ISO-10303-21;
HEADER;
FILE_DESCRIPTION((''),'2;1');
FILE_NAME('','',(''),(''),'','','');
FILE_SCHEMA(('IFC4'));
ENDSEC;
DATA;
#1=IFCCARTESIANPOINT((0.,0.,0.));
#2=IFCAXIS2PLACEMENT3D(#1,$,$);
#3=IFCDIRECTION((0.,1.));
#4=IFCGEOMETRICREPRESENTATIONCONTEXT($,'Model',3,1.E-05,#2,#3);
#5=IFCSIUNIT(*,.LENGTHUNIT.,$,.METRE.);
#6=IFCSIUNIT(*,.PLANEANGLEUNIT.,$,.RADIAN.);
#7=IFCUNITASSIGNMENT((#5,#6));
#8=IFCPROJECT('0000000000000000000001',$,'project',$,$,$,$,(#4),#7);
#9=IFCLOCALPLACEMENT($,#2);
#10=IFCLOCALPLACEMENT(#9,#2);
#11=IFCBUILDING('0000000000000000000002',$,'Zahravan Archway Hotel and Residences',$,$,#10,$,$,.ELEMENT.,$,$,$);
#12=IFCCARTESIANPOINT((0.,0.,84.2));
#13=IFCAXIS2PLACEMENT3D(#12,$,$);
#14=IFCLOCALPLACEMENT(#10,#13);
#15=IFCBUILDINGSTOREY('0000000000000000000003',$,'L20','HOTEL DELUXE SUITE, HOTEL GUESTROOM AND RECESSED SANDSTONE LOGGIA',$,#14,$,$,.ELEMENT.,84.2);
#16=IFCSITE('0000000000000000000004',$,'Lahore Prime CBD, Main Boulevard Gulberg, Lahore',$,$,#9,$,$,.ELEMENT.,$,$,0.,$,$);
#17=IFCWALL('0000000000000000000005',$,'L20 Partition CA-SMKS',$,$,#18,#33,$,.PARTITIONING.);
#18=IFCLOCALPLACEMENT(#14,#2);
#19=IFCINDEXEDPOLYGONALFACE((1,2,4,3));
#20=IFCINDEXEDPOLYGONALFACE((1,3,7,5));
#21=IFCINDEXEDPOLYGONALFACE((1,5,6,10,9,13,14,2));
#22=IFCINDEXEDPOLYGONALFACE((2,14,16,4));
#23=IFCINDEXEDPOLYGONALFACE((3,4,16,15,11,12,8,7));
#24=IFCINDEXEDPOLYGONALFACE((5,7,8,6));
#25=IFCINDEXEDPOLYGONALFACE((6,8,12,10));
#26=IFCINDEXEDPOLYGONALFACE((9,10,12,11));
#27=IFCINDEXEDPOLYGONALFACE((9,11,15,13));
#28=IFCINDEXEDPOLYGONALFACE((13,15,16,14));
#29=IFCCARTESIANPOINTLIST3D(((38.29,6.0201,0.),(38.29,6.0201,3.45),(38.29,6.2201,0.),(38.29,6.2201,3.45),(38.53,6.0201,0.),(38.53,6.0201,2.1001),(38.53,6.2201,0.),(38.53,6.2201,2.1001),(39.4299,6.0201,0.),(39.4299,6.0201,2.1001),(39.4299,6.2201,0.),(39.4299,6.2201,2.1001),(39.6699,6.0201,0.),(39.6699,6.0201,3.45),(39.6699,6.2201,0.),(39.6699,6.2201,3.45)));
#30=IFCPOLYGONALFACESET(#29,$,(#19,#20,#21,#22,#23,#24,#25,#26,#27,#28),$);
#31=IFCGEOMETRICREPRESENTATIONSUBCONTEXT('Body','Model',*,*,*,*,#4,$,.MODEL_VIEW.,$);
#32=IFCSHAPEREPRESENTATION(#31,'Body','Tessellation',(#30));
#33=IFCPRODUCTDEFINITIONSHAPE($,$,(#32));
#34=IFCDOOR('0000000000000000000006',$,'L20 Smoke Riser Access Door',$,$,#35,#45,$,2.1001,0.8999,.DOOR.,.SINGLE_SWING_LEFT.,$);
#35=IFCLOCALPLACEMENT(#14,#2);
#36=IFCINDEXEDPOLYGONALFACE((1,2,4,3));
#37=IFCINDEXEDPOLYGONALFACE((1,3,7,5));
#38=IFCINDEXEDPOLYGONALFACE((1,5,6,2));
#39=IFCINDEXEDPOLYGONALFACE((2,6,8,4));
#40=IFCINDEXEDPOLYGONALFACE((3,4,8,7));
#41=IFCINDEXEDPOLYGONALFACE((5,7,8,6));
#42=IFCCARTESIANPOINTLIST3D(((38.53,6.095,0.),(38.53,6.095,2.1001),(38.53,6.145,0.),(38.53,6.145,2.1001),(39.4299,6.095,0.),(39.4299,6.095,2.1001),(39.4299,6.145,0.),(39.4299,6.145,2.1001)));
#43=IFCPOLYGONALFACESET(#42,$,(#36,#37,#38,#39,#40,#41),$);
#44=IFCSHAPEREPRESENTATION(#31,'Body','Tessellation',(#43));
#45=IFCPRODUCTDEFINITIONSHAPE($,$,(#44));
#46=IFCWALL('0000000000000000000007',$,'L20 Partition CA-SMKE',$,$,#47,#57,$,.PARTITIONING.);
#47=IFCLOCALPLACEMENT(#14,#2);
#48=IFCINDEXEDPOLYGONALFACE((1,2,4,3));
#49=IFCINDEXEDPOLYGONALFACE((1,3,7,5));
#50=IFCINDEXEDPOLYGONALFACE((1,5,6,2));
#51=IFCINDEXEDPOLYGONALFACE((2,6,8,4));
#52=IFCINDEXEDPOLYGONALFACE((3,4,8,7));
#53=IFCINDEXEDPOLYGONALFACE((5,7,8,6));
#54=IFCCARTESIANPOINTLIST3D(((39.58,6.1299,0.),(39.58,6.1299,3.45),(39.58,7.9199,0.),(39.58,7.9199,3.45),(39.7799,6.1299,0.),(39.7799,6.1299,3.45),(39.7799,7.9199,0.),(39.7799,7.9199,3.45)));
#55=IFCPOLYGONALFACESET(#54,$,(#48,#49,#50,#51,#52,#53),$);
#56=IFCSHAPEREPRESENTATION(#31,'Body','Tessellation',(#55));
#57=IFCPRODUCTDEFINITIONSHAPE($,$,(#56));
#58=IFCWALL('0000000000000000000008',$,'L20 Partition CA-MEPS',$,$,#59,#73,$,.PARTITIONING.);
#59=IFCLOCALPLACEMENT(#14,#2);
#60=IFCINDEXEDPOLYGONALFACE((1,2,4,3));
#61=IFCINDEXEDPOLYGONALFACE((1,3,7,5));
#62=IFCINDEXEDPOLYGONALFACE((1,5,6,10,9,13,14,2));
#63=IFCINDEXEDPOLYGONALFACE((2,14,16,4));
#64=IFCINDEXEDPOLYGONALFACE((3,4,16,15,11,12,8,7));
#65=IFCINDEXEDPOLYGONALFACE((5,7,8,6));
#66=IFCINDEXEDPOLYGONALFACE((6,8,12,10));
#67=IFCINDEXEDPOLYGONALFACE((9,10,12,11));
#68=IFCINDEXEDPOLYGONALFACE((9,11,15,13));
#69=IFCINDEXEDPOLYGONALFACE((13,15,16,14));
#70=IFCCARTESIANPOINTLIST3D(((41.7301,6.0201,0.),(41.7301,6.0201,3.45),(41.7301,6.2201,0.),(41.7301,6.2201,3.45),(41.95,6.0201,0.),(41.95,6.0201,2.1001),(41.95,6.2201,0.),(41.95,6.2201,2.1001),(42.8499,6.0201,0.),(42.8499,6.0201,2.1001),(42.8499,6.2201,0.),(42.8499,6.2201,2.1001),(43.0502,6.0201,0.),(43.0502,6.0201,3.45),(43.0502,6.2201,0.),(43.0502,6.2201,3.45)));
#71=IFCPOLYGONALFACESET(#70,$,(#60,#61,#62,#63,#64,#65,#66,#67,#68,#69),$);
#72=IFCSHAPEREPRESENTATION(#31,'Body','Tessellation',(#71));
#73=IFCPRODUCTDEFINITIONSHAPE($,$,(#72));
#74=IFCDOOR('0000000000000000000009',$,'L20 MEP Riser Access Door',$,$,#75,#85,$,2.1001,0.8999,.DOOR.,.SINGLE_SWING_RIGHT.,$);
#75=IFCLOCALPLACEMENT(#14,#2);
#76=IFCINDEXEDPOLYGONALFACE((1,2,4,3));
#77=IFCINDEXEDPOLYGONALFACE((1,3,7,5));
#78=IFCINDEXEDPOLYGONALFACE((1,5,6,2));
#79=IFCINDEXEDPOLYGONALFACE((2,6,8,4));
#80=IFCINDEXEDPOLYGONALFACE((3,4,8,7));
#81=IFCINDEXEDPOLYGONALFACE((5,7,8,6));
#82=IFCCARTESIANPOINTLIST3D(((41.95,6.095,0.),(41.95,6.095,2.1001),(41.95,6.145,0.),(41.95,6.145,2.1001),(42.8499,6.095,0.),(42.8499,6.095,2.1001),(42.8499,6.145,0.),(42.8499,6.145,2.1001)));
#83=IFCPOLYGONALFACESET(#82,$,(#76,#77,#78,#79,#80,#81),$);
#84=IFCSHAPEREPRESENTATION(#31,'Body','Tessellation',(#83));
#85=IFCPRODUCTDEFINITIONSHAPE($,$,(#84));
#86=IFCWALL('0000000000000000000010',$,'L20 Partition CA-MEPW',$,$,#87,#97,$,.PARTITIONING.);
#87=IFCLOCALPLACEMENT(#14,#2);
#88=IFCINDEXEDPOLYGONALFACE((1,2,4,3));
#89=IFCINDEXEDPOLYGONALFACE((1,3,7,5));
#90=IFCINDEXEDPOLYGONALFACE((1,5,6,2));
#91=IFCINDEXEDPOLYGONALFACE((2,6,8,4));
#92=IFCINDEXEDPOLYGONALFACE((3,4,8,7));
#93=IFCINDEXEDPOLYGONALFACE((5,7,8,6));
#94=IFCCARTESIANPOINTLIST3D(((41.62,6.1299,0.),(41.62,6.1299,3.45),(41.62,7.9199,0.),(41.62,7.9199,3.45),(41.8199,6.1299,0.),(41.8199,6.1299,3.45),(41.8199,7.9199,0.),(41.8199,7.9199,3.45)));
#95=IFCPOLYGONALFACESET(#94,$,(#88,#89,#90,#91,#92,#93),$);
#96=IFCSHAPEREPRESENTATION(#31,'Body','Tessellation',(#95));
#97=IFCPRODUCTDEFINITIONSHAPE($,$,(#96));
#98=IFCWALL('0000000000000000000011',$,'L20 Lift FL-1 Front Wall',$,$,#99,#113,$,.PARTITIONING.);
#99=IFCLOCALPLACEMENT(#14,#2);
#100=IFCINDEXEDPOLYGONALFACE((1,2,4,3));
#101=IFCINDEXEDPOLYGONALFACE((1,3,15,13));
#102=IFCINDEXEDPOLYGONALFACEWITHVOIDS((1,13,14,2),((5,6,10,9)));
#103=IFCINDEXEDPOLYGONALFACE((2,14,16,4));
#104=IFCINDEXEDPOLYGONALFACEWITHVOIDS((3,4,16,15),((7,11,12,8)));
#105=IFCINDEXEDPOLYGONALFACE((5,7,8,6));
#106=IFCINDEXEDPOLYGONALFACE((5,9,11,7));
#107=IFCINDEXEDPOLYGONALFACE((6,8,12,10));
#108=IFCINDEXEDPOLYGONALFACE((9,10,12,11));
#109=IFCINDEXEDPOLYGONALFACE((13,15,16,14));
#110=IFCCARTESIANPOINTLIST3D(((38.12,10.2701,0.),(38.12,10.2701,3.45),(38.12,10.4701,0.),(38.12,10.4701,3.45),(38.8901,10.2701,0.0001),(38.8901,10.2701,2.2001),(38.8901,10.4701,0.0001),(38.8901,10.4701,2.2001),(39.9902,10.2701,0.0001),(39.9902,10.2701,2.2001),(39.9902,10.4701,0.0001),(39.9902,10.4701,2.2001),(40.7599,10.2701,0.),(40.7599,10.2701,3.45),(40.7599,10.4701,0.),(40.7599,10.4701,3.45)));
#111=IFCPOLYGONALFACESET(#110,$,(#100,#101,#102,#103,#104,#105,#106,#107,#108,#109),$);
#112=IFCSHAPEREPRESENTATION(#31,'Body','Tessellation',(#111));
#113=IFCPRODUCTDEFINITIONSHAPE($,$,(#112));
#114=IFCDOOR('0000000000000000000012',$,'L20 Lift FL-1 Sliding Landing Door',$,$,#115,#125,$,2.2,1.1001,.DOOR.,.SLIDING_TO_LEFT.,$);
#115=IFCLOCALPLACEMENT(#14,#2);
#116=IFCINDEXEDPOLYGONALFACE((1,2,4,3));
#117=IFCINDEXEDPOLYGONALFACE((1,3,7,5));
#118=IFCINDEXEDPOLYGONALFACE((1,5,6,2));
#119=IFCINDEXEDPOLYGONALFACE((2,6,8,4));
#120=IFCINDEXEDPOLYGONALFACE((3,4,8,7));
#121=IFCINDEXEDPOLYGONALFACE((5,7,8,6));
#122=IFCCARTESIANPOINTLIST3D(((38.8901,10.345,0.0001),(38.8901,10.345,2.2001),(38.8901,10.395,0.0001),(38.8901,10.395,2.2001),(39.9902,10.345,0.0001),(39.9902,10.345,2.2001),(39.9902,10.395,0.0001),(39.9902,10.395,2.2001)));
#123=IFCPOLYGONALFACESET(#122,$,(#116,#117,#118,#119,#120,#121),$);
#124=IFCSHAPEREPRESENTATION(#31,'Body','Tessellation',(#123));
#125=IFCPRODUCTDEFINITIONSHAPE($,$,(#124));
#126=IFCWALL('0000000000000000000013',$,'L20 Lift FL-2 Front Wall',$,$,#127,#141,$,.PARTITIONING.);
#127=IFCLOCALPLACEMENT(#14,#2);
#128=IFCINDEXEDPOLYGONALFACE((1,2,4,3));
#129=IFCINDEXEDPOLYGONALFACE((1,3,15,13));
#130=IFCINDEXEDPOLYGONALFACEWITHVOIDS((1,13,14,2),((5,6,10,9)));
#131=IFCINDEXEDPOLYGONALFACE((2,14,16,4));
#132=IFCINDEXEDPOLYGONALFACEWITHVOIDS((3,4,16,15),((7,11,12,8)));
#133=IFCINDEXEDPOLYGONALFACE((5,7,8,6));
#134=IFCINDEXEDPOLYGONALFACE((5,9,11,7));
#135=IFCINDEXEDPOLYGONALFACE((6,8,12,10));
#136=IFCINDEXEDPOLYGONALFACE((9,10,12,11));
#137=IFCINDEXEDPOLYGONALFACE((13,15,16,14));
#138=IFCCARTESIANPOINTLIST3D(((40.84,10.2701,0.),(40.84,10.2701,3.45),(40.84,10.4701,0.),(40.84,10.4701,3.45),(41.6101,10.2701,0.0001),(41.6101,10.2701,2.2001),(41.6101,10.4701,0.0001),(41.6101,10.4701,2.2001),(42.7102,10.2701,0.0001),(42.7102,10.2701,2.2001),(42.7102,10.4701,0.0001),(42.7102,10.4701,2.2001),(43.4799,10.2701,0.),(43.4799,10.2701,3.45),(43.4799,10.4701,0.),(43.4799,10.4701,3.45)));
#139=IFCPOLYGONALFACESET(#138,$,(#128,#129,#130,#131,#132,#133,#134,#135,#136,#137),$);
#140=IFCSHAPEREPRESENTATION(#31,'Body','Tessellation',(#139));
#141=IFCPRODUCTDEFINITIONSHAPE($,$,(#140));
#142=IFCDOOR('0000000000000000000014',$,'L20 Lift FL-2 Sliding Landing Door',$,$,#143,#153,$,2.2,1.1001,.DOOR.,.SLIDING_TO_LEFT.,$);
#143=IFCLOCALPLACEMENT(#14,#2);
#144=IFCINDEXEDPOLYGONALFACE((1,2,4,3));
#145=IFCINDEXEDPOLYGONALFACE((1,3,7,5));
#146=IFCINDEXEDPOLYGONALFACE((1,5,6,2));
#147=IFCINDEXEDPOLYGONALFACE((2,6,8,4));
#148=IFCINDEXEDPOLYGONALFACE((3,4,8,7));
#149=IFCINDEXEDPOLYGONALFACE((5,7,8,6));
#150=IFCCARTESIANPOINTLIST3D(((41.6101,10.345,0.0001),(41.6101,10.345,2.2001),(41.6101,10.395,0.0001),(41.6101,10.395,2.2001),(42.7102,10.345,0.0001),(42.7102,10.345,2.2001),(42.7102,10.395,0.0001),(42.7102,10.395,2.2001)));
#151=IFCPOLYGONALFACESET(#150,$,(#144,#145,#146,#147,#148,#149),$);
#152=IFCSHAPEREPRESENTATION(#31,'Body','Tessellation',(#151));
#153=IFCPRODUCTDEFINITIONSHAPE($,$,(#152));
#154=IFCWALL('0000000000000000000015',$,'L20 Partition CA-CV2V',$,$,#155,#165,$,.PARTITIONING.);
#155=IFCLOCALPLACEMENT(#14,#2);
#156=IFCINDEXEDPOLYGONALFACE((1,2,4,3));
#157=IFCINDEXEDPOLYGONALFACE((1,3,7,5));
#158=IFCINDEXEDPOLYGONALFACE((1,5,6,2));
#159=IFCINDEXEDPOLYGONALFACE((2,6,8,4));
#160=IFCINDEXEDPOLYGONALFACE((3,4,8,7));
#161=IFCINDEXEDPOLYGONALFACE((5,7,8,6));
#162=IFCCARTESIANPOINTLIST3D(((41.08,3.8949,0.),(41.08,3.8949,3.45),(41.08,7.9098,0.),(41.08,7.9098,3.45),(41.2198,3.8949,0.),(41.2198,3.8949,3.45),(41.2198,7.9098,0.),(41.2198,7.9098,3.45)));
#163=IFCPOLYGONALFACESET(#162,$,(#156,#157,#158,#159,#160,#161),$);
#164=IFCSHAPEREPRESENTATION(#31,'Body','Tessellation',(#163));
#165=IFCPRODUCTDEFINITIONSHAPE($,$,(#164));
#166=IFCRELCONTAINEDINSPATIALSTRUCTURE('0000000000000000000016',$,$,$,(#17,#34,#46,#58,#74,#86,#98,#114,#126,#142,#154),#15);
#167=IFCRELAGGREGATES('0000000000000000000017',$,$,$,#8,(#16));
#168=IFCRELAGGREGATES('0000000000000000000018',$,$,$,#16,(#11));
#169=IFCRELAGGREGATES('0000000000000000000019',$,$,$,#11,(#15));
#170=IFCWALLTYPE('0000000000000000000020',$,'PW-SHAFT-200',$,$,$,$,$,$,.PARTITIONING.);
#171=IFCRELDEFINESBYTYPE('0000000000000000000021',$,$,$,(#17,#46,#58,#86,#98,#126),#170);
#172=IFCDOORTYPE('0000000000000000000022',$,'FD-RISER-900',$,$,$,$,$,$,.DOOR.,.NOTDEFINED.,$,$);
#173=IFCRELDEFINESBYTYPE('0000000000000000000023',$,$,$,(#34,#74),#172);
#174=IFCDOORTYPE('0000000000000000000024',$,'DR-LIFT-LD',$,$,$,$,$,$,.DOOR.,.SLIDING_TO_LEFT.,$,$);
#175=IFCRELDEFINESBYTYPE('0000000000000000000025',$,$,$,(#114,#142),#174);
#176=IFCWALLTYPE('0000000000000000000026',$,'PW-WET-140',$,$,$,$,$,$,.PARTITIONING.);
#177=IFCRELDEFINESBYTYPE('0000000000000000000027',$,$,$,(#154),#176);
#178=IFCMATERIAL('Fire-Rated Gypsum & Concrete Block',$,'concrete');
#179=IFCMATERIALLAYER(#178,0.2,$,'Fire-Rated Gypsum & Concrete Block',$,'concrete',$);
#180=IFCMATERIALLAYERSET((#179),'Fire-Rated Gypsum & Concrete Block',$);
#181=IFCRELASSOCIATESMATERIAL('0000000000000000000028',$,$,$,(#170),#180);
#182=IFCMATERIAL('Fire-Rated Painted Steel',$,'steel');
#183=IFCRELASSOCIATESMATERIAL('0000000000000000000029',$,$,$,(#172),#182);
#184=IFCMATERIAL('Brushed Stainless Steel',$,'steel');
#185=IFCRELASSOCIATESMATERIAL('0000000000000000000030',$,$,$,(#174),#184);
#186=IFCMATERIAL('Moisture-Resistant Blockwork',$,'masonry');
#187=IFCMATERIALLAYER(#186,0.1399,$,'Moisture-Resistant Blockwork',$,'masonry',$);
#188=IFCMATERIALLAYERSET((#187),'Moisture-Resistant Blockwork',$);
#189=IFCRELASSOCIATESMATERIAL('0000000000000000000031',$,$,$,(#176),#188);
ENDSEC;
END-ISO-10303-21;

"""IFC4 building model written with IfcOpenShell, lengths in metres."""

from ifc_helpers import new_model, si_unit, direction, frame, frame_2d, origin, place, context, subcontext, project, spatial, rectangle, extrude, source, transform, mapped, material, layer, layer_set, type_object, type_shapes, element, fill, save


model = new_model("IFC4")

# Units and contexts
model_context = context("Model", 3, precision=1e-05, world=origin(), true_north=direction((0.0, 1.0)))
body_context = subcontext(model_context, "Body", "Model", "MODEL_VIEW")
ifc_project = project(units=[si_unit("LENGTHUNIT", "METRE"), si_unit("PLANEANGLEUNIT", "RADIAN")], contexts=[model_context])

# Site, building, storey
site_placement = place(None, origin())
site = spatial("IfcSite", under=ifc_project, at=site_placement, Name="Lahore Prime CBD, Main Boulevard Gulberg, Lahore", CompositionType="ELEMENT", RefElevation=0.0)
building_placement = place(site_placement, origin())
building = spatial("IfcBuilding", under=site, at=building_placement, Name="Zahravan Archway Hotel and Residences", CompositionType="ELEMENT")
storey_placement = place(building_placement, frame((0.0, 0.0, 84.2)))
storey = spatial("IfcBuildingStorey", under=building, at=storey_placement, Name="L20", Description="HOTEL DELUXE SUITE, HOTEL GUESTROOM AND RECESSED SANDSTONE LOGGIA", CompositionType="ELEMENT", Elevation=84.2)

# Shared definitions
ifc_material_1 = material(Name="Fire-Rated Gypsum & Concrete Block", Category="concrete")
ifc_layer_1 = layer(ifc_material_1, 0.2, Name="Fire-Rated Gypsum & Concrete Block", Category="concrete")
ifc_layer_set_1 = layer_set([ifc_layer_1], Name="Fire-Rated Gypsum & Concrete Block")
wall_type_1 = type_object("IfcWallType", Name="PW-SHAFT-200", PredefinedType="PARTITIONING", material=ifc_layer_set_1)

# Wall, opening, door
wall_1_placement = place(storey_placement, frame((38.29, 6.1201, 0.0), z_axis=(0.0, 0.0, 1.0), x_axis=(1.0, 0.0, 0.0)))
wall_1 = element("IfcWall", 1, at=wall_1_placement, inside=storey, type_object=wall_type_1, Name="L20 Partition CA-SMKS", PredefinedType="PARTITIONING", context=body_context, shape_type="SweptSolid", body=[
    extrude(rectangle(XDim=1.3799, YDim=0.2, at=frame_2d((0.6899, 0.0))), origin(), (0.0, 0.0, 1.0), 3.45),
])
opening_1_placement = place(wall_1_placement, frame((0.24, 0.0, 0.0)))
opening_1 = element("IfcOpeningElement", 2, at=opening_1_placement, cuts=wall_1, PredefinedType="OPENING", context=body_context, shape_type="SweptSolid", body=[
    extrude(rectangle(XDim=0.8999, YDim=2.1001, at=frame_2d((0.45, 1.05))), frame((0.0, 0.1099, 0.0), z_axis=(0.0, -1.0, 0.0), x_axis=(1.0, 0.0, 0.0)), (0.0, 0.0, 1.0), 0.22),
])
ifc_material_2 = material(Name="Fire-Rated Painted Steel", Category="steel")
door_type_1 = type_object("IfcDoorType", Name="FD-RISER-900", OperationType="NOTDEFINED", PredefinedType="DOOR", material=ifc_material_2)
shared_shape_1 = source(origin(), body_context, "Body", "SweptSolid", [
    extrude(rectangle(XDim=0.8999, YDim=2.1001, at=frame_2d((0.45, 1.05))), frame((0.0, 0.0249, 0.0), z_axis=(0.0, -1.0, 0.0), x_axis=(1.0, 0.0, 0.0)), (0.0, 0.0, 1.0), 0.05),
])
type_shapes(door_type_1, [shared_shape_1])
door_1_placement = place(opening_1_placement, origin())
door_1 = element("IfcDoor", 3, at=door_1_placement, inside=storey, type_object=door_type_1, Name="L20 Smoke Riser Access Door", OperationType="SINGLE_SWING_LEFT", OverallHeight=2.1001, OverallWidth=0.8999, PredefinedType="DOOR", context=body_context, shape_type="MappedRepresentation", body=[
    mapped(shared_shape_1, transform((0.0, 0.0, 0.0), scale=1.0)),
])
fill(opening_1, door_1)

# Wall
wall_2_placement = place(storey_placement, frame((39.6799, 6.1299, 0.0), z_axis=(0.0, 0.0, 1.0), x_axis=(0.0, 1.0, 0.0)))
element("IfcWall", 4, at=wall_2_placement, inside=storey, type_object=wall_type_1, Name="L20 Partition CA-SMKE", PredefinedType="PARTITIONING", context=body_context, shape_type="SweptSolid", body=[
    extrude(rectangle(XDim=1.79, YDim=0.2, at=frame_2d((0.895, 0.0))), origin(), (0.0, 0.0, 1.0), 3.45),
])

# Wall, opening, door
wall_3_placement = place(storey_placement, frame((41.73, 6.1201, 0.0), z_axis=(0.0, 0.0, 1.0), x_axis=(1.0, 0.0, 0.0)))
wall_3 = element("IfcWall", 5, at=wall_3_placement, inside=storey, type_object=wall_type_1, Name="L20 Partition CA-MEPS", PredefinedType="PARTITIONING", context=body_context, shape_type="SweptSolid", body=[
    extrude(rectangle(XDim=1.3201, YDim=0.2, at=frame_2d((0.6602, 0.0))), origin(), (0.0, 0.0, 1.0), 3.45),
])
opening_2_placement = place(wall_3_placement, frame((0.22, 0.0, 0.0)))
opening_2 = element("IfcOpeningElement", 6, at=opening_2_placement, cuts=wall_3, PredefinedType="OPENING", context=body_context, shape_type="SweptSolid", body=[
    extrude(rectangle(XDim=0.8999, YDim=2.1001, at=frame_2d((0.45, 1.05))), frame((0.0, 0.1099, 0.0), z_axis=(0.0, -1.0, 0.0), x_axis=(1.0, 0.0, 0.0)), (0.0, 0.0, 1.0), 0.22),
])
door_2_placement = place(opening_2_placement, origin())
door_2 = element("IfcDoor", 7, at=door_2_placement, inside=storey, type_object=door_type_1, Name="L20 MEP Riser Access Door", OperationType="SINGLE_SWING_RIGHT", OverallHeight=2.1001, OverallWidth=0.8999, PredefinedType="DOOR", context=body_context, shape_type="MappedRepresentation", body=[
    mapped(shared_shape_1, transform((0.0, 0.0, 0.0), scale=1.0)),
])
fill(opening_2, door_2)

# Wall
wall_4_placement = place(storey_placement, frame((41.72, 6.1299, 0.0), z_axis=(0.0, 0.0, 1.0), x_axis=(0.0, 1.0, 0.0)))
element("IfcWall", 8, at=wall_4_placement, inside=storey, type_object=wall_type_1, Name="L20 Partition CA-MEPW", PredefinedType="PARTITIONING", context=body_context, shape_type="SweptSolid", body=[
    extrude(rectangle(XDim=1.79, YDim=0.2, at=frame_2d((0.895, 0.0))), origin(), (0.0, 0.0, 1.0), 3.45),
])

# Walls, openings, doors
wall_5_placement = place(storey_placement, frame((38.1201, 10.3701, 0.0), z_axis=(0.0, 0.0, 1.0), x_axis=(1.0, 0.0, 0.0)))
wall_5 = element("IfcWall", 9, at=wall_5_placement, inside=storey, type_object=wall_type_1, Name="L20 Lift FL-1 Front Wall", PredefinedType="PARTITIONING", context=body_context, shape_type="SweptSolid", body=[
    extrude(rectangle(XDim=2.6399, YDim=0.2, at=frame_2d((1.3198, 0.0))), origin(), (0.0, 0.0, 1.0), 3.45),
])
opening_3_placement = place(wall_5_placement, frame((0.77, 0.0, 0.0)))
opening_3 = element("IfcOpeningElement", 10, at=opening_3_placement, cuts=wall_5, PredefinedType="OPENING", context=body_context, shape_type="SweptSolid", body=[
    extrude(rectangle(XDim=1.1001, YDim=2.2, at=frame_2d((0.55, 1.1001))), frame((0.0, 0.1099, 0.0), z_axis=(0.0, -1.0, 0.0), x_axis=(1.0, 0.0, 0.0)), (0.0, 0.0, 1.0), 0.22),
])
ifc_material_3 = material(Name="Brushed Stainless Steel", Category="steel")
door_type_2 = type_object("IfcDoorType", Name="DR-LIFT-LD", OperationType="SLIDING_TO_LEFT", PredefinedType="DOOR", material=ifc_material_3)
shared_shape_2 = source(origin(), body_context, "Body", "SweptSolid", [
    extrude(rectangle(XDim=1.1001, YDim=2.2, at=frame_2d((0.55, 1.1001))), frame((0.0, 0.0249, 0.0), z_axis=(0.0, -1.0, 0.0), x_axis=(1.0, 0.0, 0.0)), (0.0, 0.0, 1.0), 0.05),
])
type_shapes(door_type_2, [shared_shape_2])
door_3_placement = place(opening_3_placement, origin())
door_3 = element("IfcDoor", 11, at=door_3_placement, inside=storey, type_object=door_type_2, Name="L20 Lift FL-1 Sliding Landing Door", OperationType="SLIDING_TO_LEFT", OverallHeight=2.2, OverallWidth=1.1001, PredefinedType="DOOR", context=body_context, shape_type="MappedRepresentation", body=[
    mapped(shared_shape_2, transform((0.0, 0.0, 0.0), scale=1.0)),
])
fill(opening_3, door_3)
wall_6_placement = place(storey_placement, frame((40.8401, 10.3701, 0.0), z_axis=(0.0, 0.0, 1.0), x_axis=(1.0, 0.0, 0.0)))
wall_6 = element("IfcWall", 12, at=wall_6_placement, inside=storey, type_object=wall_type_1, Name="L20 Lift FL-2 Front Wall", PredefinedType="PARTITIONING", context=body_context, shape_type="SweptSolid", body=[
    extrude(rectangle(XDim=2.6399, YDim=0.2, at=frame_2d((1.3198, 0.0))), origin(), (0.0, 0.0, 1.0), 3.45),
])
opening_4_placement = place(wall_6_placement, frame((0.77, 0.0, 0.0)))
opening_4 = element("IfcOpeningElement", 13, at=opening_4_placement, cuts=wall_6, PredefinedType="OPENING", context=body_context, shape_type="SweptSolid", body=[
    extrude(rectangle(XDim=1.1001, YDim=2.2, at=frame_2d((0.55, 1.1001))), frame((0.0, 0.1099, 0.0), z_axis=(0.0, -1.0, 0.0), x_axis=(1.0, 0.0, 0.0)), (0.0, 0.0, 1.0), 0.22),
])
door_4_placement = place(opening_4_placement, origin())
door_4 = element("IfcDoor", 14, at=door_4_placement, inside=storey, type_object=door_type_2, Name="L20 Lift FL-2 Sliding Landing Door", OperationType="SLIDING_TO_LEFT", OverallHeight=2.2, OverallWidth=1.1001, PredefinedType="DOOR", context=body_context, shape_type="MappedRepresentation", body=[
    mapped(shared_shape_2, transform((0.0, 0.0, 0.0), scale=1.0)),
])
fill(opening_4, door_4)

# Wall
ifc_material_4 = material(Name="Moisture-Resistant Blockwork", Category="masonry")
ifc_layer_2 = layer(ifc_material_4, 0.1399, Name="Moisture-Resistant Blockwork", Category="masonry")
ifc_layer_set_2 = layer_set([ifc_layer_2], Name="Moisture-Resistant Blockwork")
wall_type_2 = type_object("IfcWallType", Name="PW-WET-140", PredefinedType="PARTITIONING", material=ifc_layer_set_2)
wall_7_placement = place(storey_placement, frame((41.1499, 3.895, 0.0), z_axis=(0.0, 0.0, 1.0), x_axis=(0.0, 1.0, 0.0)))
element("IfcWall", 15, at=wall_7_placement, inside=storey, type_object=wall_type_2, Name="L20 Partition CA-CV2V", PredefinedType="PARTITIONING", context=body_context, shape_type="SweptSolid", body=[
    extrude(rectangle(XDim=4.0149, YDim=0.1399, at=frame_2d((2.0073, 0.0))), origin(), (0.0, 0.0, 1.0), 3.45),
])

save(model, "model.ifc")
